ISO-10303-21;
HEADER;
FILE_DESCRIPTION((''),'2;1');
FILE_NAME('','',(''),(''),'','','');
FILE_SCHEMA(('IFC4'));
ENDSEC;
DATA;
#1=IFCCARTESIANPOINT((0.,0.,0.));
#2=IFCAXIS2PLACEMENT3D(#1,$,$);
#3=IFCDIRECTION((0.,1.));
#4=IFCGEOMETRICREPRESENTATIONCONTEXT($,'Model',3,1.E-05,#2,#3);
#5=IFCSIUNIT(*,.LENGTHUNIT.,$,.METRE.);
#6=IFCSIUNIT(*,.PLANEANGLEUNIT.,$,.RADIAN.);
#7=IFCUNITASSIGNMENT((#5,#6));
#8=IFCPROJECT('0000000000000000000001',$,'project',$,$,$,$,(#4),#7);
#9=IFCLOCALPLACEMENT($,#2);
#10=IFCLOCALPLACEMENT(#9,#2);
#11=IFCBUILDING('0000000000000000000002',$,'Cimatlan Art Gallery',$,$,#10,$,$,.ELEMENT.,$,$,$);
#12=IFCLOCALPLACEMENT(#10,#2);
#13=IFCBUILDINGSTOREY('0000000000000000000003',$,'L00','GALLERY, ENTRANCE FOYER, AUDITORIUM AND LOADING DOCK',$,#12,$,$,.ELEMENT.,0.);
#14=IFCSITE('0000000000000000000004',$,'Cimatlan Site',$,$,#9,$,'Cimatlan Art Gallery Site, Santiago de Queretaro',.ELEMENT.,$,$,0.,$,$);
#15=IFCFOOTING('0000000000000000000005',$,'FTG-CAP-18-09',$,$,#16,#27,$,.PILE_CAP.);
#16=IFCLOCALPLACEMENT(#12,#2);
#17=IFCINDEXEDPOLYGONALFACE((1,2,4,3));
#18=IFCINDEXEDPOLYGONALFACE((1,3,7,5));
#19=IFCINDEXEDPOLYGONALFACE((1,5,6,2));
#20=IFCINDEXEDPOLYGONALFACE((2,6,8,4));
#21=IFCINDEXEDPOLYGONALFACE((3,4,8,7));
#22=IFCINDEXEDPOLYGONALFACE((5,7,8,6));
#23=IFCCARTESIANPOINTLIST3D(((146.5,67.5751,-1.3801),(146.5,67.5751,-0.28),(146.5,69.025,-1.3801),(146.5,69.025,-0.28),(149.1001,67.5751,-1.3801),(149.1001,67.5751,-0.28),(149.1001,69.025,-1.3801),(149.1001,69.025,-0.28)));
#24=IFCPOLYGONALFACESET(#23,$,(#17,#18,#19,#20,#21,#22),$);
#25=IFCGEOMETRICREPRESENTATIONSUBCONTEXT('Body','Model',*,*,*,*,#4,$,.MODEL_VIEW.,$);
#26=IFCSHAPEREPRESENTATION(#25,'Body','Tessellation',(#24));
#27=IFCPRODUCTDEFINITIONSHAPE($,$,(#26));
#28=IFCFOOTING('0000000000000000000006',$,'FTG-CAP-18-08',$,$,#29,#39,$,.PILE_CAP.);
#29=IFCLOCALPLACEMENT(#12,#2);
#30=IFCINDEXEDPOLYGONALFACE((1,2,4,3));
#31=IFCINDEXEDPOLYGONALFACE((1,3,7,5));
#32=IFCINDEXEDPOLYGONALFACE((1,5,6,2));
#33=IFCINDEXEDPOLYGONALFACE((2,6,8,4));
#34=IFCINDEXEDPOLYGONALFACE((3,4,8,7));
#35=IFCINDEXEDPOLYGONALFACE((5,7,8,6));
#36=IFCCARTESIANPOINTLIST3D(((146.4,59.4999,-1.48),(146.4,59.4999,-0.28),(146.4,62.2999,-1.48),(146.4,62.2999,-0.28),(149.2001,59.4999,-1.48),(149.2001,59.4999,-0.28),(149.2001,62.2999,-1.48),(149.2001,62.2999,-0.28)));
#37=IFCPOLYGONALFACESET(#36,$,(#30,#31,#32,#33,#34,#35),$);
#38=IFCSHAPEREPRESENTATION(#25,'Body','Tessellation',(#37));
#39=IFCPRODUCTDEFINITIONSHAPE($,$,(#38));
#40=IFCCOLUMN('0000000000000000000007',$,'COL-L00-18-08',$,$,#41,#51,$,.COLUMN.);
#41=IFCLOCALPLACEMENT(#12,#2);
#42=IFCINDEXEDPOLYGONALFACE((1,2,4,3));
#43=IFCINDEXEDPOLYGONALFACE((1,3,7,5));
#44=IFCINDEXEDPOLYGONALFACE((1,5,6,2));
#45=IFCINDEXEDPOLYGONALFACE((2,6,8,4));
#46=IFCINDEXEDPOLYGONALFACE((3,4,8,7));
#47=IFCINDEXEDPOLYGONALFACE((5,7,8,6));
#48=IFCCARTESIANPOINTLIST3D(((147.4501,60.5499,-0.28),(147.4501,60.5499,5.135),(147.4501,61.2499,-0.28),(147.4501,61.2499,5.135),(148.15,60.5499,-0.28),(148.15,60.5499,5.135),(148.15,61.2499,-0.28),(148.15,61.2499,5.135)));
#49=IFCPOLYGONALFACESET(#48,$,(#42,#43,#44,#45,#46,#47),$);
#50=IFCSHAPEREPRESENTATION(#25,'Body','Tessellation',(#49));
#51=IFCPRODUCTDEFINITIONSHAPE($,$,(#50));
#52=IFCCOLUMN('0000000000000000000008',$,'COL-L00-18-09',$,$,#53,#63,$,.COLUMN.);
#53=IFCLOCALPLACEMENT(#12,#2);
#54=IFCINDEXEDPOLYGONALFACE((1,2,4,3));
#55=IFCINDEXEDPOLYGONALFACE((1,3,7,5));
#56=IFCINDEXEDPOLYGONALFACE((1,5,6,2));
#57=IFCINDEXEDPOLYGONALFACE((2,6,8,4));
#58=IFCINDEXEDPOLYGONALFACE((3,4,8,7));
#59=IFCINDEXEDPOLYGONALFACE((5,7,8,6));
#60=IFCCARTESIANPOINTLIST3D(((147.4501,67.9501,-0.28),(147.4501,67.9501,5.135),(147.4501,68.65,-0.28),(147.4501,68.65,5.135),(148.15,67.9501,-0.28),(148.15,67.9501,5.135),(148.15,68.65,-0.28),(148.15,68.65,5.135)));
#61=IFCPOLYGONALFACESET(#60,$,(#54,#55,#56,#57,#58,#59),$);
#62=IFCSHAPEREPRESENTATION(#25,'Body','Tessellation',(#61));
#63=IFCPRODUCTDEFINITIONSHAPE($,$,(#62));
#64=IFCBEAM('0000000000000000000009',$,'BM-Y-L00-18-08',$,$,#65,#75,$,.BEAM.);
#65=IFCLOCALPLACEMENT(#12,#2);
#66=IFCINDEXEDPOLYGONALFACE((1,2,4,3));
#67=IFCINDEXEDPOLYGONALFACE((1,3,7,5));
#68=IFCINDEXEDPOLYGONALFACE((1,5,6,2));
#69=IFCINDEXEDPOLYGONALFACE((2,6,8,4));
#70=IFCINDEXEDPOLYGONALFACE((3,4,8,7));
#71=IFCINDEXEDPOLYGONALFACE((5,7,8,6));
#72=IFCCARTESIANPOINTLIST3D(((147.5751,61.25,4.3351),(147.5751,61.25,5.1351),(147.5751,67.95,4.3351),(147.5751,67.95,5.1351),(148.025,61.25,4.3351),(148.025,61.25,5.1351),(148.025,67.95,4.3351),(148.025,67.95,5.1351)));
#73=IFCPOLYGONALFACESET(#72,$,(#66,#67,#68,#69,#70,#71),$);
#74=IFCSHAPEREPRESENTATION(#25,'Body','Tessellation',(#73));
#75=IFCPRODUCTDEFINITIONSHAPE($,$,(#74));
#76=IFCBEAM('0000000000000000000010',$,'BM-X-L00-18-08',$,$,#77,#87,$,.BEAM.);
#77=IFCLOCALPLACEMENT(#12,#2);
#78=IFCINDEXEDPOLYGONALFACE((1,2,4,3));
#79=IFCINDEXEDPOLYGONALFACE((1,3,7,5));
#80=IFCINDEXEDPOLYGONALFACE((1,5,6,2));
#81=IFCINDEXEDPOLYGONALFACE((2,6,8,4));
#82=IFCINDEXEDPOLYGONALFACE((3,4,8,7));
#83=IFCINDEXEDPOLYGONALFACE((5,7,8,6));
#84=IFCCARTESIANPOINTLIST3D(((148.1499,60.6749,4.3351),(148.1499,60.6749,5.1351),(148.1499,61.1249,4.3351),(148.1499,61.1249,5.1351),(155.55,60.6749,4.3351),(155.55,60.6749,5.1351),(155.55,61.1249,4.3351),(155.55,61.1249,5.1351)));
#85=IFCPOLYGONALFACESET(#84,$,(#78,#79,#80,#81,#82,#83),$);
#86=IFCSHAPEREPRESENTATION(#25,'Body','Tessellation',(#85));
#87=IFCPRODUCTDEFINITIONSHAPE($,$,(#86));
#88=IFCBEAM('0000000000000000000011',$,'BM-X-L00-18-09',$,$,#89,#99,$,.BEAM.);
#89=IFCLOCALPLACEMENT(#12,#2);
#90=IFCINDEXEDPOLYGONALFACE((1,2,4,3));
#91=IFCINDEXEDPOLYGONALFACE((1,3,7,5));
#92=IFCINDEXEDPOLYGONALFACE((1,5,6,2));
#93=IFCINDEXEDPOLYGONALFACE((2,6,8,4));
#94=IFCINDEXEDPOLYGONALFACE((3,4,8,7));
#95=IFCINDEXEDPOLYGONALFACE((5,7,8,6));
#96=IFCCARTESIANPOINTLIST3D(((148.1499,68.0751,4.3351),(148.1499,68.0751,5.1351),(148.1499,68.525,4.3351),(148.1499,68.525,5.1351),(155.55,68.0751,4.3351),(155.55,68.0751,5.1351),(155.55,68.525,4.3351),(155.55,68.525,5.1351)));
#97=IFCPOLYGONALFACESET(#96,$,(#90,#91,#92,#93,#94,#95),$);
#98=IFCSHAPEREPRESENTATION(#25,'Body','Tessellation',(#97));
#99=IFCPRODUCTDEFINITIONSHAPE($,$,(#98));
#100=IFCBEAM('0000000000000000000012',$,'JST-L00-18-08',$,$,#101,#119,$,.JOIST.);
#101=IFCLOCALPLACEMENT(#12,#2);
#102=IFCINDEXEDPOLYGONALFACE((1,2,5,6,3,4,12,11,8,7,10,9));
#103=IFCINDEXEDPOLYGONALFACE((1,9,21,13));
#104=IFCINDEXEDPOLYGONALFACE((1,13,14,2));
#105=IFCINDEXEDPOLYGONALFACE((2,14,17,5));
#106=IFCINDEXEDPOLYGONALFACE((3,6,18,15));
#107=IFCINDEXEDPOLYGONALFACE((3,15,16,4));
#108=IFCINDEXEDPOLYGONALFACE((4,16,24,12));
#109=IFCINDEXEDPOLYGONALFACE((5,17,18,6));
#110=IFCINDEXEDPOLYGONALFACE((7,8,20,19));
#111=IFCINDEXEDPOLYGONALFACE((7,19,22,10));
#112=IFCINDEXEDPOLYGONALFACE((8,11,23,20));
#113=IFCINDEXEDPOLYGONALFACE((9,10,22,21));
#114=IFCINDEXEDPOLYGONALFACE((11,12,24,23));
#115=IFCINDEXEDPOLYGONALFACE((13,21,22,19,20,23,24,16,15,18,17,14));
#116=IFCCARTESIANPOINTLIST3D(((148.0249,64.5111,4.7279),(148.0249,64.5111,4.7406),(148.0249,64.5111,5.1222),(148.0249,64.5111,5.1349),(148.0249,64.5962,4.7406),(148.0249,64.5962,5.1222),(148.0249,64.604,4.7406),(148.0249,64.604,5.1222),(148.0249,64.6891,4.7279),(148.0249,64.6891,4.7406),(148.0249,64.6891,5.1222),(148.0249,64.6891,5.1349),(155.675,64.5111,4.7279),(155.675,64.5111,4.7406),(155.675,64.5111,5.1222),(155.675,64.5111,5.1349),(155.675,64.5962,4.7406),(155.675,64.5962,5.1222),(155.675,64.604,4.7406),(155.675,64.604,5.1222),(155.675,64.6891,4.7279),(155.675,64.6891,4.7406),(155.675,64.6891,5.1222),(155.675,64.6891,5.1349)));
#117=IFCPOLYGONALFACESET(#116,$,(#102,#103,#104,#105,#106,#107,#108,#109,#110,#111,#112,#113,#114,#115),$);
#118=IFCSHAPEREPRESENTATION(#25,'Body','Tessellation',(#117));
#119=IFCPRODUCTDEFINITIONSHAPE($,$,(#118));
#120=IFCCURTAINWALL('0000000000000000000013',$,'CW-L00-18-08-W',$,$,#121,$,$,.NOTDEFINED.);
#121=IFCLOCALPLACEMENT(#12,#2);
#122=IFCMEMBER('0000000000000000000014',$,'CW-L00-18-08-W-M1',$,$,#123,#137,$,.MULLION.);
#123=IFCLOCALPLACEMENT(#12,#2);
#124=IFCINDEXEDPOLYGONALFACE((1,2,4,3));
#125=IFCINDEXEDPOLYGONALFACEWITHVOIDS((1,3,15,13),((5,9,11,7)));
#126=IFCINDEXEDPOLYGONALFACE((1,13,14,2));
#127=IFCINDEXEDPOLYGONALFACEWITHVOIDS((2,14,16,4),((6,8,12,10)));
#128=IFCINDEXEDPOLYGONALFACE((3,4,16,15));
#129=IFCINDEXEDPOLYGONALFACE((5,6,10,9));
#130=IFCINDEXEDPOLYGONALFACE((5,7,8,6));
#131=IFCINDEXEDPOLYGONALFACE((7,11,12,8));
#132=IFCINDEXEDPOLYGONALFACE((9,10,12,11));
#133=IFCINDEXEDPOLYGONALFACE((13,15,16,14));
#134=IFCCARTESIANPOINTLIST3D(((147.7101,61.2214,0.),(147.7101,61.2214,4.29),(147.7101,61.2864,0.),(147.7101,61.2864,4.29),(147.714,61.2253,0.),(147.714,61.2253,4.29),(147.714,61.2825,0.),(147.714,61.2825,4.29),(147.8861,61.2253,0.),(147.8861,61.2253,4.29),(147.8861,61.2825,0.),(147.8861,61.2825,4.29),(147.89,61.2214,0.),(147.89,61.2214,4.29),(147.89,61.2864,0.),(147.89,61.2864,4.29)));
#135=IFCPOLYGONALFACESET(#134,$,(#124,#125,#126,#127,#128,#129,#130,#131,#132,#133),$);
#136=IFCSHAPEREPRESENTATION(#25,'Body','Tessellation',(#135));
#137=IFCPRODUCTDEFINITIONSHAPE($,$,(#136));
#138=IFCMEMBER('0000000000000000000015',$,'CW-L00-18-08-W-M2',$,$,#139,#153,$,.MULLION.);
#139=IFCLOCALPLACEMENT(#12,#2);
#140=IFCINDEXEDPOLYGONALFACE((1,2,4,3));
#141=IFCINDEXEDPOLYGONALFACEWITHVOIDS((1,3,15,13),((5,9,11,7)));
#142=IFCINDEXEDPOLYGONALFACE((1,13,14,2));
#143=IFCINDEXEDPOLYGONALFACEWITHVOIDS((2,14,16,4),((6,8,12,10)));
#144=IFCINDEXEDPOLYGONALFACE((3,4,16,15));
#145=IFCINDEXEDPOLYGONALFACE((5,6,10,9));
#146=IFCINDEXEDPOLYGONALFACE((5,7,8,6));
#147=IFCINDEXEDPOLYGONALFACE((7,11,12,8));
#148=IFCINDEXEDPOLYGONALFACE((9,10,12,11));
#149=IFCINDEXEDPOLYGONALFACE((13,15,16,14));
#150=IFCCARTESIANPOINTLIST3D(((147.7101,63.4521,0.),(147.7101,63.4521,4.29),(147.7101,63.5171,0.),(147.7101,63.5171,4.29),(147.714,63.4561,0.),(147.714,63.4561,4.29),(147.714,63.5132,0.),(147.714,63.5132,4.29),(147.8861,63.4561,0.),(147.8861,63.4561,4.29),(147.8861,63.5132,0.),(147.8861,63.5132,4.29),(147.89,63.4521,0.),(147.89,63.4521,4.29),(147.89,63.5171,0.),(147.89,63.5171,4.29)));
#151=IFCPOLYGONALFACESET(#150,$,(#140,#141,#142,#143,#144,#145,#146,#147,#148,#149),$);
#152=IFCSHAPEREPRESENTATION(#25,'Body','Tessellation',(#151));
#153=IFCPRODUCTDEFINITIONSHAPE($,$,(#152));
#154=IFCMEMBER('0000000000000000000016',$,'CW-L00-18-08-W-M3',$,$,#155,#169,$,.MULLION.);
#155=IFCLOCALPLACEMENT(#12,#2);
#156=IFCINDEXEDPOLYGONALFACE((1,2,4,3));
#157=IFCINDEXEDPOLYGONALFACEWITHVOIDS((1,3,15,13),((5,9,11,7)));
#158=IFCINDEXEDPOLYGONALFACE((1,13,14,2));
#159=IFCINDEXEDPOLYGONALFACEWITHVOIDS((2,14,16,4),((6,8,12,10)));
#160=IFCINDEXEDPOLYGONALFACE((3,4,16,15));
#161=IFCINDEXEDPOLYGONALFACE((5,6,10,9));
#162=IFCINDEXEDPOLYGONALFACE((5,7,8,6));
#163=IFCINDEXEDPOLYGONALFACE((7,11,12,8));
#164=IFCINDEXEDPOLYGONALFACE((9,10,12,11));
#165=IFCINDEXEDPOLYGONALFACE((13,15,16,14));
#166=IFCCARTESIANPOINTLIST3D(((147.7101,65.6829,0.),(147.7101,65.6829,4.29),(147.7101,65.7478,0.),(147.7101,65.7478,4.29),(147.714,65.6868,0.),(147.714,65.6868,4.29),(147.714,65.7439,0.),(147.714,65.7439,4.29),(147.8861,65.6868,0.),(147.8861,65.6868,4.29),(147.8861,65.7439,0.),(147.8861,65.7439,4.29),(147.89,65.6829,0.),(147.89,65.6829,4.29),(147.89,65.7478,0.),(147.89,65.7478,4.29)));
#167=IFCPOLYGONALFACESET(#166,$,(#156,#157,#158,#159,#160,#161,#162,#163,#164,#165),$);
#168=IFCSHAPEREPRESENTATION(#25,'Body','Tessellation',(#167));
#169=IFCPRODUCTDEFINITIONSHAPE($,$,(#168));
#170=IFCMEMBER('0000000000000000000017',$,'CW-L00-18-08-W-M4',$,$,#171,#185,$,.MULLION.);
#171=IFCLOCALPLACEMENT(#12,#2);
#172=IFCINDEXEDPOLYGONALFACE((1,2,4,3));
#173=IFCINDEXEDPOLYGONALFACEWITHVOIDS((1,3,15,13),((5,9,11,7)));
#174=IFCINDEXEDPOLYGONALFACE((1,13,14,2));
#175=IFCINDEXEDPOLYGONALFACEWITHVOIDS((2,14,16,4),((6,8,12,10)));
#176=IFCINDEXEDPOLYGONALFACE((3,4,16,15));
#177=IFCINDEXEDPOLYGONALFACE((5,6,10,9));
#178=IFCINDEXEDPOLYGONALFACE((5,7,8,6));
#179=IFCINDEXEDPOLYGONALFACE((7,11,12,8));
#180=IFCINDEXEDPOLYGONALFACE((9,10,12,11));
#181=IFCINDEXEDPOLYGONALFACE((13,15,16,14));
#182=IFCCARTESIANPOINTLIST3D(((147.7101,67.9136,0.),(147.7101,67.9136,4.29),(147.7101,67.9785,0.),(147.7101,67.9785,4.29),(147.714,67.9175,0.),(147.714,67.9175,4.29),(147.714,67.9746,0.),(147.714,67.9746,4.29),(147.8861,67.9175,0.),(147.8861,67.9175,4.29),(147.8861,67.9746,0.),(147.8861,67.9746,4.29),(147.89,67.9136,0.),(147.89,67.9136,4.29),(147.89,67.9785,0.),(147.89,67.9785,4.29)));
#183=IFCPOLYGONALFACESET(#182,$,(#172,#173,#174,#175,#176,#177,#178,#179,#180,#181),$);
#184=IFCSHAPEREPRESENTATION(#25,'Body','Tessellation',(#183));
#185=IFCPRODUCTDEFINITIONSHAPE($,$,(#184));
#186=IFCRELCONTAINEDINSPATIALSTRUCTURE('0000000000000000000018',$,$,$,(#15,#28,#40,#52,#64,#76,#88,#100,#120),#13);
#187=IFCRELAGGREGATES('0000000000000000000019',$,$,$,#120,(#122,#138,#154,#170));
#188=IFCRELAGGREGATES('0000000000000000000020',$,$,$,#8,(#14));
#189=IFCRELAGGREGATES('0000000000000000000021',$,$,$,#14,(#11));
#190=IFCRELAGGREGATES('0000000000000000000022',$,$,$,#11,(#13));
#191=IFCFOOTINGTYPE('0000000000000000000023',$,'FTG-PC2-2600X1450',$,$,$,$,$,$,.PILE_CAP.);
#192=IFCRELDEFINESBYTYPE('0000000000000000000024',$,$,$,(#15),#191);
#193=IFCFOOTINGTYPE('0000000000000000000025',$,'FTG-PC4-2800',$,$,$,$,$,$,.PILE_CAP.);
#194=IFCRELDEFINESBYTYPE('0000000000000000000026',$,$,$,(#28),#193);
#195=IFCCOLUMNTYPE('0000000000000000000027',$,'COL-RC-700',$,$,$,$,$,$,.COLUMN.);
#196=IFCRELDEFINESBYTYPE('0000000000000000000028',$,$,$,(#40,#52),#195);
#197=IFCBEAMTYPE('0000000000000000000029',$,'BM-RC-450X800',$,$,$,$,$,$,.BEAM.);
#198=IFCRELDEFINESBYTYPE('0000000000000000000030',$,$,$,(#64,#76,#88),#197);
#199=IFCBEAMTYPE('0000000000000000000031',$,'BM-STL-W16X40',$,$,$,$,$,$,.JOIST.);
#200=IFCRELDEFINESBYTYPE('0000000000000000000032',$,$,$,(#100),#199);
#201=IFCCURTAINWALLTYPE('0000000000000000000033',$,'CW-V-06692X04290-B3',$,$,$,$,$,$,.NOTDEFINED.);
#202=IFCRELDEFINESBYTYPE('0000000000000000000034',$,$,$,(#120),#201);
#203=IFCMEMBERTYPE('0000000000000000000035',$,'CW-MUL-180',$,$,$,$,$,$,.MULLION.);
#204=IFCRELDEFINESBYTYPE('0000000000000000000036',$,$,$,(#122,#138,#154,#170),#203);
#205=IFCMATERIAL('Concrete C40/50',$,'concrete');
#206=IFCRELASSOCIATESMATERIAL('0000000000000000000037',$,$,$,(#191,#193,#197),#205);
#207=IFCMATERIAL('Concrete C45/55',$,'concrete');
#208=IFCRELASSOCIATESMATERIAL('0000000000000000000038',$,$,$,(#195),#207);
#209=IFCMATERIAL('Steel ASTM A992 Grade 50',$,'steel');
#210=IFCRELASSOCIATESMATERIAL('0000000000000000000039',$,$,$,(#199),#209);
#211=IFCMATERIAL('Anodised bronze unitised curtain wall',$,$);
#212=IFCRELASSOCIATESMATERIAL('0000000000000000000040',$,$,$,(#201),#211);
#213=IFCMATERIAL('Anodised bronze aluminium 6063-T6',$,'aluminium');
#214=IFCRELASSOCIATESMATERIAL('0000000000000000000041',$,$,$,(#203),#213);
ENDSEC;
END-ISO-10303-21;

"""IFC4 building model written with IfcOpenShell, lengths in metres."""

from ifc_helpers import new_model, si_unit, direction, frame, origin, origin_2d, place, context, subcontext, project, spatial, rectangle, hollow_rectangle, i_section, extrude, material, material_profile, profile_set, type_object, element, aggregate, save


model = new_model("IFC4")

# Units and contexts
model_context = context("Model", 3, precision=1e-05, world=origin(), true_north=direction((0.0, 1.0)))
body_context = subcontext(model_context, "Body", "Model", "MODEL_VIEW")
ifc_project = project(units=[si_unit("LENGTHUNIT", "METRE"), si_unit("PLANEANGLEUNIT", "RADIAN")], contexts=[model_context])

# Site, building, storey
site_placement = place(None, origin())
site = spatial("IfcSite", under=ifc_project, at=site_placement, Name="Cimatlan Site", LongName="Cimatlan Art Gallery Site, Santiago de Queretaro", CompositionType="ELEMENT", RefElevation=0.0)
building_placement = place(site_placement, origin())
building = spatial("IfcBuilding", under=site, at=building_placement, Name="Cimatlan Art Gallery", CompositionType="ELEMENT")
storey_placement = place(building_placement, origin())
storey = spatial("IfcBuildingStorey", under=building, at=storey_placement, Name="L00", Description="GALLERY, ENTRANCE FOYER, AUDITORIUM AND LOADING DOCK", CompositionType="ELEMENT", Elevation=0.0)

# Footings
ifc_material_1 = material(Name="Concrete C40/50", Category="concrete")
footing_type_1 = type_object("IfcFootingType", Name="FTG-PC2-2600X1450", PredefinedType="PILE_CAP", material=ifc_material_1)
footing_1_placement = place(storey_placement, frame((147.8, 68.3, -1.3801), z_axis=(0.0, 0.0, 1.0), x_axis=(1.0, 0.0, 0.0)))
element("IfcFooting", 1, at=footing_1_placement, inside=storey, type_object=footing_type_1, Name="FTG-CAP-18-09", PredefinedType="PILE_CAP", context=body_context, shape_type="SweptSolid", body=[
    extrude(rectangle(XDim=2.6001, YDim=1.45, at=origin_2d()), origin(), (0.0, 0.0, 1.0), 1.1001),
])
footing_type_2 = type_object("IfcFootingType", Name="FTG-PC4-2800", PredefinedType="PILE_CAP", material=ifc_material_1)
footing_2_placement = place(storey_placement, frame((147.8, 60.8999, -1.48), z_axis=(0.0, 0.0, 1.0), x_axis=(1.0, 0.0, 0.0)))
element("IfcFooting", 2, at=footing_2_placement, inside=storey, type_object=footing_type_2, Name="FTG-CAP-18-08", PredefinedType="PILE_CAP", context=body_context, shape_type="SweptSolid", body=[
    extrude(rectangle(XDim=2.8, YDim=2.8, at=origin_2d()), origin(), (0.0, 0.0, 1.0), 1.2),
])

# Columns
ifc_material_2 = material(Name="Concrete C45/55", Category="concrete")
ifc_material_profile_1 = material_profile(ifc_material_2, rectangle(XDim=0.7, YDim=0.7, at=origin_2d()), Name="RC700X700")
ifc_profile_set_1 = profile_set([ifc_material_profile_1], Name="Concrete C45/55")
column_type = type_object("IfcColumnType", Name="COL-RC-700", PredefinedType="COLUMN", material=ifc_profile_set_1)
for number, where, z_axis, x_axis, name in (
    (3, (147.8, 60.8999, -0.28), (0.0, 0.0, 1.0), (1.0, 0.0, 0.0), "COL-L00-18-08"),
    (4, (147.8, 68.3, -0.28), (0.0, 0.0, 1.0), (1.0, 0.0, 0.0), "COL-L00-18-09"),
):
    element("IfcColumn", number, at=place(storey_placement, frame(where, z_axis=z_axis, x_axis=x_axis)), inside=storey, type_object=column_type, Name=name, PredefinedType="COLUMN", context=body_context, shape_type="SweptSolid", body=[
        extrude(rectangle(XDim=0.7, YDim=0.7, at=origin_2d()), origin(), (0.0, 0.0, 1.0), 5.415),
    ])

# Beams
ifc_material_profile_2 = material_profile(ifc_material_1, rectangle(XDim=0.45, YDim=0.8, at=origin_2d()), Name="RC450X800")
ifc_profile_set_2 = profile_set([ifc_material_profile_2], Name="Concrete C40/50")
beam_type_1 = type_object("IfcBeamType", Name="BM-RC-450X800", PredefinedType="BEAM", material=ifc_profile_set_2)
beam_1_placement = place(storey_placement, frame((147.8, 61.25, 4.7351), z_axis=(0.0, 1.0, 0.0), x_axis=(-1.0, 0.0, 0.0)))
element("IfcBeam", 5, at=beam_1_placement, inside=storey, type_object=beam_type_1, Name="BM-Y-L00-18-08", PredefinedType="BEAM", context=body_context, shape_type="SweptSolid", body=[
    extrude(rectangle(XDim=0.45, YDim=0.8, at=origin_2d()), origin(), (0.0, 0.0, 1.0), 6.7),
])
for number, where, z_axis, x_axis, name in (
    (6, (148.1499, 60.8999, 4.7351), (1.0, 0.0, 0.0), (0.0, 1.0, 0.0), "BM-X-L00-18-08"),
    (7, (148.1499, 68.3, 4.7351), (1.0, 0.0, 0.0), (0.0, 1.0, 0.0), "BM-X-L00-18-09"),
):
    element("IfcBeam", number, at=place(storey_placement, frame(where, z_axis=z_axis, x_axis=x_axis)), inside=storey, type_object=beam_type_1, Name=name, PredefinedType="BEAM", context=body_context, shape_type="SweptSolid", body=[
        extrude(rectangle(XDim=0.45, YDim=0.8, at=origin_2d()), origin(), (0.0, 0.0, 1.0), 7.4001),
    ])
ifc_material_3 = material(Name="Steel ASTM A992 Grade 50", Category="steel")
ifc_material_profile_3 = material_profile(ifc_material_3, i_section(OverallWidth=0.178, OverallDepth=0.407, WebThickness=0.0078, FlangeThickness=0.0127, at=origin_2d()), Name="W16X40")
ifc_profile_set_3 = profile_set([ifc_material_profile_3], Name="Steel ASTM A992 Grade 50")
beam_type_2 = type_object("IfcBeamType", Name="BM-STL-W16X40", PredefinedType="JOIST", material=ifc_profile_set_3)
beam_2_placement = place(storey_placement, frame((148.0249, 64.6001, 4.9314), z_axis=(1.0, 0.0, 0.0), x_axis=(0.0, 1.0, 0.0)))
element("IfcBeam", 8, at=beam_2_placement, inside=storey, type_object=beam_type_2, Name="JST-L00-18-08", PredefinedType="JOIST", context=body_context, shape_type="SweptSolid", body=[
    extrude(i_section(OverallWidth=0.178, OverallDepth=0.407, WebThickness=0.0078, FlangeThickness=0.0127, at=origin_2d()), origin(), (0.0, 0.0, 1.0), 7.6501),
])

# Curtain wall, members
ifc_material_4 = material(Name="Anodised bronze unitised curtain wall")
curtain_wall_type = type_object("IfcCurtainWallType", Name="CW-V-06692X04290-B3", PredefinedType="NOTDEFINED", material=ifc_material_4)
curtain_wall_placement = place(storey_placement, origin())
curtain_wall = element("IfcCurtainWall", 9, at=curtain_wall_placement, inside=storey, type_object=curtain_wall_type, Name="CW-L00-18-08-W", PredefinedType="NOTDEFINED")
ifc_material_5 = material(Name="Anodised bronze aluminium 6063-T6", Category="aluminium")
ifc_material_profile_4 = material_profile(ifc_material_5, hollow_rectangle(XDim=0.0649, YDim=0.1799, WallThickness=0.0039, at=origin_2d()), Name="ALU65X180X4")
ifc_profile_set_4 = profile_set([ifc_material_profile_4], Name="Anodised bronze aluminium 6063-T6")
member_type_1 = type_object("IfcMemberType", Name="CW-MUL-180", PredefinedType="MULLION", material=ifc_profile_set_4)
member_1_placement = place(storey_placement, frame((147.8, 61.2539, 0.0), z_axis=(0.0, 0.0, 1.0), x_axis=(0.0, 1.0, 0.0)))
member_1 = element("IfcMember", 10, at=member_1_placement, type_object=member_type_1, Name="CW-L00-18-08-W-M1", PredefinedType="MULLION", context=body_context, shape_type="SweptSolid", body=[
    extrude(hollow_rectangle(XDim=0.0649, YDim=0.1799, WallThickness=0.0039, at=origin_2d()), origin(), (0.0, 0.0, 1.0), 4.29),
])
member_2_placement = place(storey_placement, frame((147.8, 63.4846, 0.0), z_axis=(0.0, 0.0, 1.0), x_axis=(0.0, 1.0, 0.0)))
member_2 = element("IfcMember", 11, at=member_2_placement, type_object=member_type_1, Name="CW-L00-18-08-W-M2", PredefinedType="MULLION", context=body_context, shape_type="SweptSolid", body=[
    extrude(hollow_rectangle(XDim=0.0649, YDim=0.1799, WallThickness=0.0039, at=origin_2d()), origin(), (0.0, 0.0, 1.0), 4.29),
])
member_3_placement = place(storey_placement, frame((147.8, 65.7153, 0.0), z_axis=(0.0, 0.0, 1.0), x_axis=(0.0, 1.0, 0.0)))
member_3 = element("IfcMember", 12, at=member_3_placement, type_object=member_type_1, Name="CW-L00-18-08-W-M3", PredefinedType="MULLION", context=body_context, shape_type="SweptSolid", body=[
    extrude(hollow_rectangle(XDim=0.0649, YDim=0.1799, WallThickness=0.0039, at=origin_2d()), origin(), (0.0, 0.0, 1.0), 4.29),
])
member_4_placement = place(storey_placement, frame((147.8, 67.946, 0.0), z_axis=(0.0, 0.0, 1.0), x_axis=(0.0, 1.0, 0.0)))
member_4 = element("IfcMember", 13, at=member_4_placement, type_object=member_type_1, Name="CW-L00-18-08-W-M4", PredefinedType="MULLION", context=body_context, shape_type="SweptSolid", body=[
    extrude(hollow_rectangle(XDim=0.0649, YDim=0.1799, WallThickness=0.0039, at=origin_2d()), origin(), (0.0, 0.0, 1.0), 4.29),
])
aggregate(curtain_wall, [member_1, member_2, member_3, member_4])

save(model, "model.ifc")
